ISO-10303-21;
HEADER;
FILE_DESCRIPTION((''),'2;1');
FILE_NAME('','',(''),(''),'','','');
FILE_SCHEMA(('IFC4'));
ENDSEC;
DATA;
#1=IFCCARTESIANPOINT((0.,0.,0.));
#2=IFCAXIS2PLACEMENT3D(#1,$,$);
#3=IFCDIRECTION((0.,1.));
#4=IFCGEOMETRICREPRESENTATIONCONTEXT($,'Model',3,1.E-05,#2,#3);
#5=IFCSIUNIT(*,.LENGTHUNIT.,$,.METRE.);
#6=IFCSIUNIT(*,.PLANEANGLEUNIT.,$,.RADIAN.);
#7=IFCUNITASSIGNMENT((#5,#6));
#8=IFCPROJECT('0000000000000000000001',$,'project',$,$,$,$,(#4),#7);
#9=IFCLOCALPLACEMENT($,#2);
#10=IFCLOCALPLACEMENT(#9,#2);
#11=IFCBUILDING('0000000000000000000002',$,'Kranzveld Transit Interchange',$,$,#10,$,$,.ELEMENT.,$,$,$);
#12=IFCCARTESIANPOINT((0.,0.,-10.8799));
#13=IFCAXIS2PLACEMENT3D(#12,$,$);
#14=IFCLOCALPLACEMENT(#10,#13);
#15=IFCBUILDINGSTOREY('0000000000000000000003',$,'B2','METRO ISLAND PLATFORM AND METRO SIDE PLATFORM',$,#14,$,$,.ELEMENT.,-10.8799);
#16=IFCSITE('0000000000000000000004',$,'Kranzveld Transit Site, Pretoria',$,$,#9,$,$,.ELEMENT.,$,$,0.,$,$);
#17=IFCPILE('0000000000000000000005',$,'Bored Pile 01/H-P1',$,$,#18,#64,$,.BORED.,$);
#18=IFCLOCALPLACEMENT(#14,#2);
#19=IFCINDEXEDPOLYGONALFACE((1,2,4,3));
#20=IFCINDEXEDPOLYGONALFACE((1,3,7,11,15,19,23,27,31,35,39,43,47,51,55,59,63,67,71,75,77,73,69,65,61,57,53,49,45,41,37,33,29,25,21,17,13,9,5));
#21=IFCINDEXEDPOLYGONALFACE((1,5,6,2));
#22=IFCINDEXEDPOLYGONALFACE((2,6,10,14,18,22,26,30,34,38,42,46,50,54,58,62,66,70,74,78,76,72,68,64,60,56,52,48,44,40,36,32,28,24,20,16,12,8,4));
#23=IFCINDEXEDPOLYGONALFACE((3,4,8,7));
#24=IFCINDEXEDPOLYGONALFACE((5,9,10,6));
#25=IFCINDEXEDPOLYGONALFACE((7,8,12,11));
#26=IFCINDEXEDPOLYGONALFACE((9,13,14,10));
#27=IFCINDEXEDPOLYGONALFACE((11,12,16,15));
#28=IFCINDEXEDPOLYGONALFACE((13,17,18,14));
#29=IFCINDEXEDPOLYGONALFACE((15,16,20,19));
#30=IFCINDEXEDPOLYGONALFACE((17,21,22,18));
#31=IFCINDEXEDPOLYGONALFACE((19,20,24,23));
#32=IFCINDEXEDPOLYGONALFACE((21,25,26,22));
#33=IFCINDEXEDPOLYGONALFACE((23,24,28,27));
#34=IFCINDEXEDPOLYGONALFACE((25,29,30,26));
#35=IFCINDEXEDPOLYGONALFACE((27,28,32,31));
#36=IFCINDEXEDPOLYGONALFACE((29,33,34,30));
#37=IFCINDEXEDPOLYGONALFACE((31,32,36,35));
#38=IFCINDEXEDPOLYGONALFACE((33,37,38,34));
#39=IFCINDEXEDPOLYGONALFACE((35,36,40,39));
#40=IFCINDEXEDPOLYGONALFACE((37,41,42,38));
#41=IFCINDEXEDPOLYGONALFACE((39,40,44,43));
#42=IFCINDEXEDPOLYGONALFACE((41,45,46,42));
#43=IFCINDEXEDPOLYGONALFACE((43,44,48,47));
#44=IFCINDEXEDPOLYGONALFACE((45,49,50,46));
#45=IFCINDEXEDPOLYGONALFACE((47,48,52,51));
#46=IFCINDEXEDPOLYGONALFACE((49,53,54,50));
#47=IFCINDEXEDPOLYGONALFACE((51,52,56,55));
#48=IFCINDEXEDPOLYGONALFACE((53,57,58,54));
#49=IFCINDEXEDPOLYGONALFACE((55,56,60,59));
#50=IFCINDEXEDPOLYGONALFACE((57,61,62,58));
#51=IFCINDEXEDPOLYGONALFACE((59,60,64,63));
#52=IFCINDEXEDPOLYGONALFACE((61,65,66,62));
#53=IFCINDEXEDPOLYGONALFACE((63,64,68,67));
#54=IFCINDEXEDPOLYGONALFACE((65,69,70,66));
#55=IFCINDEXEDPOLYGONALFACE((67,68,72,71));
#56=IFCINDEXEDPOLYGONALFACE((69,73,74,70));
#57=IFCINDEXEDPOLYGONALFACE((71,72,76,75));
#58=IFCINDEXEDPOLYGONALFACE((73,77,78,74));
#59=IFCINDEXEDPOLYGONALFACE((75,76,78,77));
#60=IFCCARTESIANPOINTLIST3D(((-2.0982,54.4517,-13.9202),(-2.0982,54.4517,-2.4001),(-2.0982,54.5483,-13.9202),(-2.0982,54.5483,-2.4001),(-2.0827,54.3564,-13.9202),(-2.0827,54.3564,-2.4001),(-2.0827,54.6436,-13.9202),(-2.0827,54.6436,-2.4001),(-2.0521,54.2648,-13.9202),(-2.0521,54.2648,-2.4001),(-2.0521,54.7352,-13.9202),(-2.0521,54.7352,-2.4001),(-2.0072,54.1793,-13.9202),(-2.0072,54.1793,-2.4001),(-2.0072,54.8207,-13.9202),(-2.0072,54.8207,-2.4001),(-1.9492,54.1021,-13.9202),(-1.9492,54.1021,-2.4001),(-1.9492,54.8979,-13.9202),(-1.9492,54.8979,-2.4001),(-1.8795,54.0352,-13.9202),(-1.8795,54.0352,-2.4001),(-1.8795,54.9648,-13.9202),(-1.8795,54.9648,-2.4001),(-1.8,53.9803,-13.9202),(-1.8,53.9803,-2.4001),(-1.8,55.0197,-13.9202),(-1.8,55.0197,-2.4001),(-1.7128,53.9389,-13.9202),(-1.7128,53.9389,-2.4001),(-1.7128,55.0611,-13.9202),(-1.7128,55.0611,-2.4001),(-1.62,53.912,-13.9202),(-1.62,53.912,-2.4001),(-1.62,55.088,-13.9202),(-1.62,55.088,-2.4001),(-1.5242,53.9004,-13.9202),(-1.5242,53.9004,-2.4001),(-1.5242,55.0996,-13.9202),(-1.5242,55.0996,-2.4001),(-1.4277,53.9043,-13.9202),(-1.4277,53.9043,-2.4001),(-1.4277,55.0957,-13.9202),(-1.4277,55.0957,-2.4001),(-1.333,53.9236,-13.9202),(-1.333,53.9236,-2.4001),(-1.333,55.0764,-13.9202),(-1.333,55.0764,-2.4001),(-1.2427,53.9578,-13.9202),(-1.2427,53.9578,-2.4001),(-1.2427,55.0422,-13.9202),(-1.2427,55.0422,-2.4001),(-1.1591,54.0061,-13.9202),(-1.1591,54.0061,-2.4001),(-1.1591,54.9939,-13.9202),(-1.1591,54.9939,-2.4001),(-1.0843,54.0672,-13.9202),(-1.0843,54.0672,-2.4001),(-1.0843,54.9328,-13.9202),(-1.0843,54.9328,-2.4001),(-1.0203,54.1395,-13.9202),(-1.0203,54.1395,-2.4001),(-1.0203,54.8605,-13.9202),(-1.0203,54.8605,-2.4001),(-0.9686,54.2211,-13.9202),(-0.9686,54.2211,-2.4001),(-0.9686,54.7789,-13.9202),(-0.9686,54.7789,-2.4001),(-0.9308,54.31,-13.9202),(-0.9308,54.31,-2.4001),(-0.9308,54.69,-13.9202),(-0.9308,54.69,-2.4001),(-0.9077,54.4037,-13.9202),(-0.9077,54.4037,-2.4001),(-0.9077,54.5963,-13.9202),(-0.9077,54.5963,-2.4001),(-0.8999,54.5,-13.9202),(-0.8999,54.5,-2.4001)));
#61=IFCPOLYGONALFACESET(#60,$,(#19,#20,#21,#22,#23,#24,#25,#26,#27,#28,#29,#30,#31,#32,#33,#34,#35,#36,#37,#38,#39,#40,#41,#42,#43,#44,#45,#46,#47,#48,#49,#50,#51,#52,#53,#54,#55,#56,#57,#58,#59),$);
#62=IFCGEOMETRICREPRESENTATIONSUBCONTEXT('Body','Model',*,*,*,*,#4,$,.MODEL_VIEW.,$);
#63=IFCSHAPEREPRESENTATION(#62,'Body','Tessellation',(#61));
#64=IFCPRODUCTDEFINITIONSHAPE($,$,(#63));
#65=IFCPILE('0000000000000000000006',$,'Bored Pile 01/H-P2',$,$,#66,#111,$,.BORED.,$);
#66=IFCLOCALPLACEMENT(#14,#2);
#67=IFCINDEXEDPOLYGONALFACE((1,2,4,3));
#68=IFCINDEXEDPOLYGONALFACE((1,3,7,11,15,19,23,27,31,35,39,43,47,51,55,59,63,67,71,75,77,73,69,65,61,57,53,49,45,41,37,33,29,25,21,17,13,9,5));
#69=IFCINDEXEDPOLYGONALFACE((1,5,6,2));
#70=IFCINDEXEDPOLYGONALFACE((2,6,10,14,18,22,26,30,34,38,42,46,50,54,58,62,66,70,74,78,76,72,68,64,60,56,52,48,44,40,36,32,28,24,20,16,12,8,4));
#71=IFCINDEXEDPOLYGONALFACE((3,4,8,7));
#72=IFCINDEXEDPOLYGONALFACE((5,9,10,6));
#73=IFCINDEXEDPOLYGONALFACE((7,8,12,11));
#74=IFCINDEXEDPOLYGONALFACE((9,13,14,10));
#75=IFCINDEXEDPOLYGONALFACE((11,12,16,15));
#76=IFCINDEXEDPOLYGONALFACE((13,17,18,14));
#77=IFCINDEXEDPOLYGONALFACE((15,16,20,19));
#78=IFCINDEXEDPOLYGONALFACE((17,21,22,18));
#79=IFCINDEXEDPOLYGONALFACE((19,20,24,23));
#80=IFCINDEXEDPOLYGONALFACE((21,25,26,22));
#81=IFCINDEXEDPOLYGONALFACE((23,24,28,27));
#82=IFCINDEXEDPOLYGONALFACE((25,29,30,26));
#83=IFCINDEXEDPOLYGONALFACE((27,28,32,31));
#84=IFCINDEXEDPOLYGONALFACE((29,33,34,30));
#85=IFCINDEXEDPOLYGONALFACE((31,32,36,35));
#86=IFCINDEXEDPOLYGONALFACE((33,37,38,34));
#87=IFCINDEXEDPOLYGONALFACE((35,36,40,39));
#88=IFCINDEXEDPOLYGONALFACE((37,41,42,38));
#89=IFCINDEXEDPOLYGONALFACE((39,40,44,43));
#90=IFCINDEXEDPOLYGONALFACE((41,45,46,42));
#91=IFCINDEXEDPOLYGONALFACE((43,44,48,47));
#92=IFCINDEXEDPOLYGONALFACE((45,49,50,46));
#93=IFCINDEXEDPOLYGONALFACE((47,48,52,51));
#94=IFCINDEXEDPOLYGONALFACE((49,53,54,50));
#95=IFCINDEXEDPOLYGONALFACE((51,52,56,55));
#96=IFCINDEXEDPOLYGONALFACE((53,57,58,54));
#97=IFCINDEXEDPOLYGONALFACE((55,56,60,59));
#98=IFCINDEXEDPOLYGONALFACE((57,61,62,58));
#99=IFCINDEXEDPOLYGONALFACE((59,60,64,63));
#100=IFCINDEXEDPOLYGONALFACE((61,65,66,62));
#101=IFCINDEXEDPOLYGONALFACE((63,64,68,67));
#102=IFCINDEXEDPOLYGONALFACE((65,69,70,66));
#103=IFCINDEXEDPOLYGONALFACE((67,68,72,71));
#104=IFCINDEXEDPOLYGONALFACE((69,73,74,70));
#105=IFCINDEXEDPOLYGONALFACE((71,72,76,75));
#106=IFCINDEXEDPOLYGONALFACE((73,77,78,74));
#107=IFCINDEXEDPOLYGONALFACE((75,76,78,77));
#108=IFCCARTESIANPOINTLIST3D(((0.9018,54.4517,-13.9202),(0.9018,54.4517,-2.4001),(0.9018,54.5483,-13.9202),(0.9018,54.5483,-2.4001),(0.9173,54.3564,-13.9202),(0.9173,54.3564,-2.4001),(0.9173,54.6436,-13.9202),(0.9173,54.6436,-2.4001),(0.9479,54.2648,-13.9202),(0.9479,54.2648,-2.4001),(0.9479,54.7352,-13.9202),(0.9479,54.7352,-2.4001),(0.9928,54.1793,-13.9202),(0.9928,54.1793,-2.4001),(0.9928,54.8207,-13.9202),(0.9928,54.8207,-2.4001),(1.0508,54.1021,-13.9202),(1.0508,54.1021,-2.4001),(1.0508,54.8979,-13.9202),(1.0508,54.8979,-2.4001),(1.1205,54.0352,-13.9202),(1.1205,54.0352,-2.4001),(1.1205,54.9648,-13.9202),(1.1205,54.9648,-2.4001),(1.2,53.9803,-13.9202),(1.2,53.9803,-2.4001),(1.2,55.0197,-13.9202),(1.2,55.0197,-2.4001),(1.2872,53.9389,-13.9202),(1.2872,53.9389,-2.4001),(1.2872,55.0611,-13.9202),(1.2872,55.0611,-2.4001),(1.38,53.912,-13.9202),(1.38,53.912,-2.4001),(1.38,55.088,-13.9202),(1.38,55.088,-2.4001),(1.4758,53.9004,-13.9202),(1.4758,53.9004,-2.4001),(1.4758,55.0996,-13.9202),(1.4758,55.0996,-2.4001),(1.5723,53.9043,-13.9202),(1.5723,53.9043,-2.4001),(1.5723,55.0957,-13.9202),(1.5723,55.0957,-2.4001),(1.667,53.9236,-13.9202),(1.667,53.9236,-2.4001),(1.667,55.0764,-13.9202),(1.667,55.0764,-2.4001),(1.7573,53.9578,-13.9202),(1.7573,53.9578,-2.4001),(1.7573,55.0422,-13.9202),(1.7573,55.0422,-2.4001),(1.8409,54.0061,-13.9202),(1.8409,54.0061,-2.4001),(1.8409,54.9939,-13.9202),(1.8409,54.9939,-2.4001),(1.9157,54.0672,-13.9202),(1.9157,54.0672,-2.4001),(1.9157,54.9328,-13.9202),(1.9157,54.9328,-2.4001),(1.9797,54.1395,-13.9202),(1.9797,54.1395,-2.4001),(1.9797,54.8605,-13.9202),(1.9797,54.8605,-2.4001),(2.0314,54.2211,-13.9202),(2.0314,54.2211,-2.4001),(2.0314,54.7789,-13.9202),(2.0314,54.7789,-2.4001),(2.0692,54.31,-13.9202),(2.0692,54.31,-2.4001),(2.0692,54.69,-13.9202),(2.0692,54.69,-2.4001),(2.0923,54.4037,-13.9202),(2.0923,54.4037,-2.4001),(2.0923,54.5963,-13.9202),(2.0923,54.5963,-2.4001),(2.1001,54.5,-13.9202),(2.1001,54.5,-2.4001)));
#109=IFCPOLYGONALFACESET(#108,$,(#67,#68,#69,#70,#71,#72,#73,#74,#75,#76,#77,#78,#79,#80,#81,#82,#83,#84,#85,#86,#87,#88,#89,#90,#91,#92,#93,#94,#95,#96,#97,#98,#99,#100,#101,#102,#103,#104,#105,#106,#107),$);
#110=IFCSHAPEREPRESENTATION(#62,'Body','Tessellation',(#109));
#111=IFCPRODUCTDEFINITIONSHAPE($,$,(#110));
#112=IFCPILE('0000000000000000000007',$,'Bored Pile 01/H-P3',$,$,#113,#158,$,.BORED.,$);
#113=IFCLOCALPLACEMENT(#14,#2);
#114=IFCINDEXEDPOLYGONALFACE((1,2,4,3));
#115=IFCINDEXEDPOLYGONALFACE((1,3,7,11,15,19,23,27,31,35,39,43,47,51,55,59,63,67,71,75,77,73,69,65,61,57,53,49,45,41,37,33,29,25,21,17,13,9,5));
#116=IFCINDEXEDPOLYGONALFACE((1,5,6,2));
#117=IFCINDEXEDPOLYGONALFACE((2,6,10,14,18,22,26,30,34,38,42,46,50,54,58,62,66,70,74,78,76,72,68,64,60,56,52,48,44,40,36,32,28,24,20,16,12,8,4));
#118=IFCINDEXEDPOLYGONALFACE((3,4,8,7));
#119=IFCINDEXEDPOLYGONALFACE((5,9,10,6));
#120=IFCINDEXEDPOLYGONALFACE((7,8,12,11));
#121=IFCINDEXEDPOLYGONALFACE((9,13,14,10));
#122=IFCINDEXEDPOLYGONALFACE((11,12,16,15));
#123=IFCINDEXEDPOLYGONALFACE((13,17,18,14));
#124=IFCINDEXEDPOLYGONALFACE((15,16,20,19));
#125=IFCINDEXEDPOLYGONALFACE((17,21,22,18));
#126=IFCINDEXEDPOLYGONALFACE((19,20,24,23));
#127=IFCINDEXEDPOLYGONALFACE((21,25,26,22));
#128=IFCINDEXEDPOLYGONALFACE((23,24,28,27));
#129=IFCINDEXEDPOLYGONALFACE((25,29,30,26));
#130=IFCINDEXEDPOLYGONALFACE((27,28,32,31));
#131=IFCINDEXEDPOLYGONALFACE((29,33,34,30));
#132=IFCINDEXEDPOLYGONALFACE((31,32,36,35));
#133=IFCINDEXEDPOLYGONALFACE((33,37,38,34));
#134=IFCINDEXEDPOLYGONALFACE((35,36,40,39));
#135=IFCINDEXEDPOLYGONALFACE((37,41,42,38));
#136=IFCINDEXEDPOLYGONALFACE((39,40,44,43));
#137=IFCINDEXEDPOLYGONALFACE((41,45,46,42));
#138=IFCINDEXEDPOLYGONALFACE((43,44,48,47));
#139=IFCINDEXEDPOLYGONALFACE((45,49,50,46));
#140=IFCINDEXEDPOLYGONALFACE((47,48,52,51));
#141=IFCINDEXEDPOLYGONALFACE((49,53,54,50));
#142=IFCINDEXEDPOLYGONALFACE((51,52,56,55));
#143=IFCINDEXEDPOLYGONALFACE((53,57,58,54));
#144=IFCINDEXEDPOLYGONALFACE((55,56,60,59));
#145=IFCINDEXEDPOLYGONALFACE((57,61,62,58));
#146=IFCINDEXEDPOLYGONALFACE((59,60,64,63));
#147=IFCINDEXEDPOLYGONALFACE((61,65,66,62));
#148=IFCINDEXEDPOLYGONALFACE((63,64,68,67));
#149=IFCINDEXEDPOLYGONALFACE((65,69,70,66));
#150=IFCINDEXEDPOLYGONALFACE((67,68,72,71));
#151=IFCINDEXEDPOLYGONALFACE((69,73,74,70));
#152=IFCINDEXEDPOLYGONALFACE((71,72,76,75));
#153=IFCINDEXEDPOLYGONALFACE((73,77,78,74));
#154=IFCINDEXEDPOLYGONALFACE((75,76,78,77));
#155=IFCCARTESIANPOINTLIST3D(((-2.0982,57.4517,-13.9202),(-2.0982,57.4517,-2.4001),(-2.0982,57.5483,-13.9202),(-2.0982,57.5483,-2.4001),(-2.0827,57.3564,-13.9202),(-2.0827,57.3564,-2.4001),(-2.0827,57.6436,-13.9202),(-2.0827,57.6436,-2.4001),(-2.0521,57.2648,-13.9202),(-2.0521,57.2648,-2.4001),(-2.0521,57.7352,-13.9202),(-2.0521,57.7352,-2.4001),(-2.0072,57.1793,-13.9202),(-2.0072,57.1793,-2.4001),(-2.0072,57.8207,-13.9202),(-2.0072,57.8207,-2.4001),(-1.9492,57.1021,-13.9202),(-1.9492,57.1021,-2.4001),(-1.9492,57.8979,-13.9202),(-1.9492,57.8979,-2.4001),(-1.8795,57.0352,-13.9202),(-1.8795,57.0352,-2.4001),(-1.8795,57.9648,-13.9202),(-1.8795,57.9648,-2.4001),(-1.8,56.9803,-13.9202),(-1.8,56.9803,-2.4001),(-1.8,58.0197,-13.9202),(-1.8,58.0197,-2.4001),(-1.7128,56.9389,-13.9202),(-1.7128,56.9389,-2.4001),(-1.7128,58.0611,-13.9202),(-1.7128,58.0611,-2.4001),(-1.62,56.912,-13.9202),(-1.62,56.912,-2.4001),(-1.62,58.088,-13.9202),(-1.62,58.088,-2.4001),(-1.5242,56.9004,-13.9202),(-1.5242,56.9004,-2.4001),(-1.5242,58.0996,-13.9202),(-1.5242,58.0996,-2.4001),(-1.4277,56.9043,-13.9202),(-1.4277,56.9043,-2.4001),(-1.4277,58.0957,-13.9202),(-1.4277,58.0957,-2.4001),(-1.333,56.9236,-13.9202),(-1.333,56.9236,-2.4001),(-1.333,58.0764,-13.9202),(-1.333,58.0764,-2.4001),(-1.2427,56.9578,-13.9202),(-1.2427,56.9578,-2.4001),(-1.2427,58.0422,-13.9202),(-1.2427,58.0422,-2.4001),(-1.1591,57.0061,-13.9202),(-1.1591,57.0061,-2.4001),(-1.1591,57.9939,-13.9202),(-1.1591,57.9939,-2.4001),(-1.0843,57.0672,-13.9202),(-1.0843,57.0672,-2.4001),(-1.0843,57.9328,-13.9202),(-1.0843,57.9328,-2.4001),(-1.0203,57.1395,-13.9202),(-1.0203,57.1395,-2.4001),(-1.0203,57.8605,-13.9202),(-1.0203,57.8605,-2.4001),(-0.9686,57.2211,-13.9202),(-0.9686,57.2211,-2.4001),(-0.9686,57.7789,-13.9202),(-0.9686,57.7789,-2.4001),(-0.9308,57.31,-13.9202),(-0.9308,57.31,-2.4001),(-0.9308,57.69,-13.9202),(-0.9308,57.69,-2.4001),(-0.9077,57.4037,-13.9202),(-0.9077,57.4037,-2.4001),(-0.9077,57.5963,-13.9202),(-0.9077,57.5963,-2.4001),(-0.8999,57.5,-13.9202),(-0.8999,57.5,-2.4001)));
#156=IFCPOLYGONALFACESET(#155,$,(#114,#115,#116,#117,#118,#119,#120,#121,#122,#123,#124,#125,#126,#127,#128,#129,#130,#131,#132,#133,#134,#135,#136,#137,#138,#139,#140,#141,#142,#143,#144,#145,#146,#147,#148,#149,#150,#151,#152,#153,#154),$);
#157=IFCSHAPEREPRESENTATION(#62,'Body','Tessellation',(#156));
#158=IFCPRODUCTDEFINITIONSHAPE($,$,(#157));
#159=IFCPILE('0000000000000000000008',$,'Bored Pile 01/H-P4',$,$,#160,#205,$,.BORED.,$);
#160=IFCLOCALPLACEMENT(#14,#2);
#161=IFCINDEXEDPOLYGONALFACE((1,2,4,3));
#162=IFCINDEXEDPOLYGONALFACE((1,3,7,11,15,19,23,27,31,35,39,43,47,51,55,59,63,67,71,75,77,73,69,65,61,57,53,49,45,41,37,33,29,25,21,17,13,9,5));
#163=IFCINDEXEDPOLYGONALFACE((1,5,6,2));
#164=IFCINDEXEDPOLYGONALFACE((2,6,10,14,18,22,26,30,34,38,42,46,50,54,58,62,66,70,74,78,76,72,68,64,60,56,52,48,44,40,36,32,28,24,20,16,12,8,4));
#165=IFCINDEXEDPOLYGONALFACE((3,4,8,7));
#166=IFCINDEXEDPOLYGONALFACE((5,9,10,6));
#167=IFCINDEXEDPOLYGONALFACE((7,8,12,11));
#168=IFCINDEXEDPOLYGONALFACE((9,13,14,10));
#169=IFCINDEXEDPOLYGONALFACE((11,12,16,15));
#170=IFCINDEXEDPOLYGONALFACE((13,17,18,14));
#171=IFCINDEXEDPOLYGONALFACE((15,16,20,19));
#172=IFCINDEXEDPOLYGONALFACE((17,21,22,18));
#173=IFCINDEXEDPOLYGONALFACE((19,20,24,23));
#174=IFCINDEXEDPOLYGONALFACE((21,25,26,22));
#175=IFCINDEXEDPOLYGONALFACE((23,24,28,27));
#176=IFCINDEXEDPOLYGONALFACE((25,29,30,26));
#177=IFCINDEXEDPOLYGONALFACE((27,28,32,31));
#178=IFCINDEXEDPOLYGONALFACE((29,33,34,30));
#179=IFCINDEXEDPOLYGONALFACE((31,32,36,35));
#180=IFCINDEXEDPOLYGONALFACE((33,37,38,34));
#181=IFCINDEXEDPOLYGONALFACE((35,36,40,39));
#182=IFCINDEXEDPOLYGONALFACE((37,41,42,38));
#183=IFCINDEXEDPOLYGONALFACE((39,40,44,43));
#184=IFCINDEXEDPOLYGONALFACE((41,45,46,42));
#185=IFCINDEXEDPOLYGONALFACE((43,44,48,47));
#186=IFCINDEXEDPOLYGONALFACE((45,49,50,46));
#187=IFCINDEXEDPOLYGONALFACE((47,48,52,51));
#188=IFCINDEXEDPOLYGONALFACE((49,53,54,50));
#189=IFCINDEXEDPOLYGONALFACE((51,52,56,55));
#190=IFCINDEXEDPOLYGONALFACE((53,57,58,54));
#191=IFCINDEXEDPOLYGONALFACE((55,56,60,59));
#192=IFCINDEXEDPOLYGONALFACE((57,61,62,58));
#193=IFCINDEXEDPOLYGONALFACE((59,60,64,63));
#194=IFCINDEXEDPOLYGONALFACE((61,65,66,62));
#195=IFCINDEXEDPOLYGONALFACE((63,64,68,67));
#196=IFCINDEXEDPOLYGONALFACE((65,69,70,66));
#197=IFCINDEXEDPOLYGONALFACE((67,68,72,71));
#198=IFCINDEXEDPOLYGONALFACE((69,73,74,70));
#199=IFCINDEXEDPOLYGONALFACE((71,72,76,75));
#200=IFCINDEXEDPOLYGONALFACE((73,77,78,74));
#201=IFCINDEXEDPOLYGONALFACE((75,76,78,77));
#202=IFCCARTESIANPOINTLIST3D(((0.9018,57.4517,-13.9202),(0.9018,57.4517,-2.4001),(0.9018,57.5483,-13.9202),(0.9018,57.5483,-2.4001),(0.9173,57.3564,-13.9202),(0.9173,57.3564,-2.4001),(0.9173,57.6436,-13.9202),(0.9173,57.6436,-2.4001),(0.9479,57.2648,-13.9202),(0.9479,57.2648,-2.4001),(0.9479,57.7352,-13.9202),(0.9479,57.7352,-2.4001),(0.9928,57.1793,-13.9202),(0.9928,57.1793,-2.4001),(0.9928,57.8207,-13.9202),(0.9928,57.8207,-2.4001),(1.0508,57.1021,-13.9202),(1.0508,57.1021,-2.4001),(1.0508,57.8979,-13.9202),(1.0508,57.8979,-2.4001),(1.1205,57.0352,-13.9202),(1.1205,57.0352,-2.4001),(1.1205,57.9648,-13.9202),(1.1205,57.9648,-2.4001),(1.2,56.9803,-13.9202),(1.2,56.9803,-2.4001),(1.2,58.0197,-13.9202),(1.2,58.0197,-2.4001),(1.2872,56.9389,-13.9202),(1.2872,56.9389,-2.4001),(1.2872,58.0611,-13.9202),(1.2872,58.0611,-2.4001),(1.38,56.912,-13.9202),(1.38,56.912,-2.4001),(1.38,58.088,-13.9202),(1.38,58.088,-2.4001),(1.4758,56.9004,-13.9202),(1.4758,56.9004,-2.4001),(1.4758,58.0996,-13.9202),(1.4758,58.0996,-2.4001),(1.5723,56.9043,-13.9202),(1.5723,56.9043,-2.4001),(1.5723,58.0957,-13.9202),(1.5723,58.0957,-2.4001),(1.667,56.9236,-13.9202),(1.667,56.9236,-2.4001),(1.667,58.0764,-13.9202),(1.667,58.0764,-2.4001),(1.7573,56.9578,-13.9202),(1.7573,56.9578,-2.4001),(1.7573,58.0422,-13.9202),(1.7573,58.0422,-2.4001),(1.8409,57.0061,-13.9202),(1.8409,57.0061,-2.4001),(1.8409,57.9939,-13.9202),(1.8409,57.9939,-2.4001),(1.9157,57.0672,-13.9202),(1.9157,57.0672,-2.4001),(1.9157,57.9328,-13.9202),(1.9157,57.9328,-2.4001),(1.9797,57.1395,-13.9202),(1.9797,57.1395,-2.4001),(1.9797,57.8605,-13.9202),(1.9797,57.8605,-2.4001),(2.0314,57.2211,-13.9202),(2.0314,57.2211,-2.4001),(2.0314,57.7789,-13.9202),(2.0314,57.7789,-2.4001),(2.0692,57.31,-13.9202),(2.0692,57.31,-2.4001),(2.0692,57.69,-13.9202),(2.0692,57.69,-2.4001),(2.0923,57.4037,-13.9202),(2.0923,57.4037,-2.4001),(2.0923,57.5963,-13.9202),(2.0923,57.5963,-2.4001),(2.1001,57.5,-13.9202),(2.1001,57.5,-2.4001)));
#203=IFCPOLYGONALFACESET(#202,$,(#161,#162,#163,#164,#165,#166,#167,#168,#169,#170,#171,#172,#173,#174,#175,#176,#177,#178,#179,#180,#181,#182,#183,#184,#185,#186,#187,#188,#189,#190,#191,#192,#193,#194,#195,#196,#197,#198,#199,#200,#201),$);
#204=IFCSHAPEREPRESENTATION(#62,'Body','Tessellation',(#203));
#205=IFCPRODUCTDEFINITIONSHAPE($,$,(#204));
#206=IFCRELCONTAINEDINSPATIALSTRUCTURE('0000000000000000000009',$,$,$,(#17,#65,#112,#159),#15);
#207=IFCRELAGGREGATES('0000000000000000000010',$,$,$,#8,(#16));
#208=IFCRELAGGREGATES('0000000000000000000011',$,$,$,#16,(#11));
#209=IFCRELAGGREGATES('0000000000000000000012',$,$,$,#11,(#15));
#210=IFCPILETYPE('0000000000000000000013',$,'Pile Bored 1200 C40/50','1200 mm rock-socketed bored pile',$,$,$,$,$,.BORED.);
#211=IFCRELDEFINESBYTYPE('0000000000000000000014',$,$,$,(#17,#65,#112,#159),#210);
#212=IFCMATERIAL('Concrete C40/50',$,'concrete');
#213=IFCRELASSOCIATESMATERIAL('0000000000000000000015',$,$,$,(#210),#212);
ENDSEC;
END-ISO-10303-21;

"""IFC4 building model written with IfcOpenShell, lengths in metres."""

from ifc_helpers import new_model, si_unit, direction, frame, origin, origin_2d, place, context, subcontext, project, spatial, circle, extrude, material, material_profile, profile_set, type_object, element, save


model = new_model("IFC4")

# Units and contexts
model_context = context("Model", 3, precision=1e-05, world=origin(), true_north=direction((0.0, 1.0)))
body_context = subcontext(model_context, "Body", "Model", "MODEL_VIEW")
ifc_project = project(units=[si_unit("LENGTHUNIT", "METRE"), si_unit("PLANEANGLEUNIT", "RADIAN")], contexts=[model_context])

# Site, building, storey
site_placement = place(None, origin())
site = spatial("IfcSite", under=ifc_project, at=site_placement, Name="Kranzveld Transit Site, Pretoria", CompositionType="ELEMENT", RefElevation=0.0)
building_placement = place(site_placement, origin())
building = spatial("IfcBuilding", under=site, at=building_placement, Name="Kranzveld Transit Interchange", CompositionType="ELEMENT")
storey_placement = place(building_placement, frame((0.0, 0.0, -10.8799)))
storey = spatial("IfcBuildingStorey", under=building, at=storey_placement, Name="B2", Description="METRO ISLAND PLATFORM AND METRO SIDE PLATFORM", CompositionType="ELEMENT", Elevation=-10.8799)

# Piles
ifc_material_1 = material(Name="Concrete C40/50", Category="concrete")
ifc_material_profile_1 = material_profile(ifc_material_1, circle(Radius=0.6001, at=origin_2d()), Name="BORED PILE 1200")
ifc_profile_set_1 = profile_set([ifc_material_profile_1], Name="Concrete C40/50")
pile_type = type_object("IfcPileType", Name="Pile Bored 1200 C40/50", Description="1200 mm rock-socketed bored pile", PredefinedType="BORED", material=ifc_profile_set_1)
for number, where, z_axis, x_axis, name in (
    (1, (-1.5, 54.5, -2.4001), (0.0, 0.0, -1.0), (1.0, 0.0, 0.0), "Bored Pile 01/H-P1"),
    (2, (1.5, 54.5, -2.4001), (0.0, 0.0, -1.0), (1.0, 0.0, 0.0), "Bored Pile 01/H-P2"),
    (3, (-1.5, 57.5, -2.4001), (0.0, 0.0, -1.0), (1.0, 0.0, 0.0), "Bored Pile 01/H-P3"),
    (4, (1.5, 57.5, -2.4001), (0.0, 0.0, -1.0), (1.0, 0.0, 0.0), "Bored Pile 01/H-P4"),
):
    element("IfcPile", number, at=place(storey_placement, frame(where, z_axis=z_axis, x_axis=x_axis)), inside=storey, type_object=pile_type, Name=name, PredefinedType="BORED", context=body_context, shape_type="SweptSolid", body=[
        extrude(circle(Radius=0.6001, at=origin_2d()), origin(), (0.0, 0.0, 1.0), 11.52),
    ])

save(model, "model.ifc")
